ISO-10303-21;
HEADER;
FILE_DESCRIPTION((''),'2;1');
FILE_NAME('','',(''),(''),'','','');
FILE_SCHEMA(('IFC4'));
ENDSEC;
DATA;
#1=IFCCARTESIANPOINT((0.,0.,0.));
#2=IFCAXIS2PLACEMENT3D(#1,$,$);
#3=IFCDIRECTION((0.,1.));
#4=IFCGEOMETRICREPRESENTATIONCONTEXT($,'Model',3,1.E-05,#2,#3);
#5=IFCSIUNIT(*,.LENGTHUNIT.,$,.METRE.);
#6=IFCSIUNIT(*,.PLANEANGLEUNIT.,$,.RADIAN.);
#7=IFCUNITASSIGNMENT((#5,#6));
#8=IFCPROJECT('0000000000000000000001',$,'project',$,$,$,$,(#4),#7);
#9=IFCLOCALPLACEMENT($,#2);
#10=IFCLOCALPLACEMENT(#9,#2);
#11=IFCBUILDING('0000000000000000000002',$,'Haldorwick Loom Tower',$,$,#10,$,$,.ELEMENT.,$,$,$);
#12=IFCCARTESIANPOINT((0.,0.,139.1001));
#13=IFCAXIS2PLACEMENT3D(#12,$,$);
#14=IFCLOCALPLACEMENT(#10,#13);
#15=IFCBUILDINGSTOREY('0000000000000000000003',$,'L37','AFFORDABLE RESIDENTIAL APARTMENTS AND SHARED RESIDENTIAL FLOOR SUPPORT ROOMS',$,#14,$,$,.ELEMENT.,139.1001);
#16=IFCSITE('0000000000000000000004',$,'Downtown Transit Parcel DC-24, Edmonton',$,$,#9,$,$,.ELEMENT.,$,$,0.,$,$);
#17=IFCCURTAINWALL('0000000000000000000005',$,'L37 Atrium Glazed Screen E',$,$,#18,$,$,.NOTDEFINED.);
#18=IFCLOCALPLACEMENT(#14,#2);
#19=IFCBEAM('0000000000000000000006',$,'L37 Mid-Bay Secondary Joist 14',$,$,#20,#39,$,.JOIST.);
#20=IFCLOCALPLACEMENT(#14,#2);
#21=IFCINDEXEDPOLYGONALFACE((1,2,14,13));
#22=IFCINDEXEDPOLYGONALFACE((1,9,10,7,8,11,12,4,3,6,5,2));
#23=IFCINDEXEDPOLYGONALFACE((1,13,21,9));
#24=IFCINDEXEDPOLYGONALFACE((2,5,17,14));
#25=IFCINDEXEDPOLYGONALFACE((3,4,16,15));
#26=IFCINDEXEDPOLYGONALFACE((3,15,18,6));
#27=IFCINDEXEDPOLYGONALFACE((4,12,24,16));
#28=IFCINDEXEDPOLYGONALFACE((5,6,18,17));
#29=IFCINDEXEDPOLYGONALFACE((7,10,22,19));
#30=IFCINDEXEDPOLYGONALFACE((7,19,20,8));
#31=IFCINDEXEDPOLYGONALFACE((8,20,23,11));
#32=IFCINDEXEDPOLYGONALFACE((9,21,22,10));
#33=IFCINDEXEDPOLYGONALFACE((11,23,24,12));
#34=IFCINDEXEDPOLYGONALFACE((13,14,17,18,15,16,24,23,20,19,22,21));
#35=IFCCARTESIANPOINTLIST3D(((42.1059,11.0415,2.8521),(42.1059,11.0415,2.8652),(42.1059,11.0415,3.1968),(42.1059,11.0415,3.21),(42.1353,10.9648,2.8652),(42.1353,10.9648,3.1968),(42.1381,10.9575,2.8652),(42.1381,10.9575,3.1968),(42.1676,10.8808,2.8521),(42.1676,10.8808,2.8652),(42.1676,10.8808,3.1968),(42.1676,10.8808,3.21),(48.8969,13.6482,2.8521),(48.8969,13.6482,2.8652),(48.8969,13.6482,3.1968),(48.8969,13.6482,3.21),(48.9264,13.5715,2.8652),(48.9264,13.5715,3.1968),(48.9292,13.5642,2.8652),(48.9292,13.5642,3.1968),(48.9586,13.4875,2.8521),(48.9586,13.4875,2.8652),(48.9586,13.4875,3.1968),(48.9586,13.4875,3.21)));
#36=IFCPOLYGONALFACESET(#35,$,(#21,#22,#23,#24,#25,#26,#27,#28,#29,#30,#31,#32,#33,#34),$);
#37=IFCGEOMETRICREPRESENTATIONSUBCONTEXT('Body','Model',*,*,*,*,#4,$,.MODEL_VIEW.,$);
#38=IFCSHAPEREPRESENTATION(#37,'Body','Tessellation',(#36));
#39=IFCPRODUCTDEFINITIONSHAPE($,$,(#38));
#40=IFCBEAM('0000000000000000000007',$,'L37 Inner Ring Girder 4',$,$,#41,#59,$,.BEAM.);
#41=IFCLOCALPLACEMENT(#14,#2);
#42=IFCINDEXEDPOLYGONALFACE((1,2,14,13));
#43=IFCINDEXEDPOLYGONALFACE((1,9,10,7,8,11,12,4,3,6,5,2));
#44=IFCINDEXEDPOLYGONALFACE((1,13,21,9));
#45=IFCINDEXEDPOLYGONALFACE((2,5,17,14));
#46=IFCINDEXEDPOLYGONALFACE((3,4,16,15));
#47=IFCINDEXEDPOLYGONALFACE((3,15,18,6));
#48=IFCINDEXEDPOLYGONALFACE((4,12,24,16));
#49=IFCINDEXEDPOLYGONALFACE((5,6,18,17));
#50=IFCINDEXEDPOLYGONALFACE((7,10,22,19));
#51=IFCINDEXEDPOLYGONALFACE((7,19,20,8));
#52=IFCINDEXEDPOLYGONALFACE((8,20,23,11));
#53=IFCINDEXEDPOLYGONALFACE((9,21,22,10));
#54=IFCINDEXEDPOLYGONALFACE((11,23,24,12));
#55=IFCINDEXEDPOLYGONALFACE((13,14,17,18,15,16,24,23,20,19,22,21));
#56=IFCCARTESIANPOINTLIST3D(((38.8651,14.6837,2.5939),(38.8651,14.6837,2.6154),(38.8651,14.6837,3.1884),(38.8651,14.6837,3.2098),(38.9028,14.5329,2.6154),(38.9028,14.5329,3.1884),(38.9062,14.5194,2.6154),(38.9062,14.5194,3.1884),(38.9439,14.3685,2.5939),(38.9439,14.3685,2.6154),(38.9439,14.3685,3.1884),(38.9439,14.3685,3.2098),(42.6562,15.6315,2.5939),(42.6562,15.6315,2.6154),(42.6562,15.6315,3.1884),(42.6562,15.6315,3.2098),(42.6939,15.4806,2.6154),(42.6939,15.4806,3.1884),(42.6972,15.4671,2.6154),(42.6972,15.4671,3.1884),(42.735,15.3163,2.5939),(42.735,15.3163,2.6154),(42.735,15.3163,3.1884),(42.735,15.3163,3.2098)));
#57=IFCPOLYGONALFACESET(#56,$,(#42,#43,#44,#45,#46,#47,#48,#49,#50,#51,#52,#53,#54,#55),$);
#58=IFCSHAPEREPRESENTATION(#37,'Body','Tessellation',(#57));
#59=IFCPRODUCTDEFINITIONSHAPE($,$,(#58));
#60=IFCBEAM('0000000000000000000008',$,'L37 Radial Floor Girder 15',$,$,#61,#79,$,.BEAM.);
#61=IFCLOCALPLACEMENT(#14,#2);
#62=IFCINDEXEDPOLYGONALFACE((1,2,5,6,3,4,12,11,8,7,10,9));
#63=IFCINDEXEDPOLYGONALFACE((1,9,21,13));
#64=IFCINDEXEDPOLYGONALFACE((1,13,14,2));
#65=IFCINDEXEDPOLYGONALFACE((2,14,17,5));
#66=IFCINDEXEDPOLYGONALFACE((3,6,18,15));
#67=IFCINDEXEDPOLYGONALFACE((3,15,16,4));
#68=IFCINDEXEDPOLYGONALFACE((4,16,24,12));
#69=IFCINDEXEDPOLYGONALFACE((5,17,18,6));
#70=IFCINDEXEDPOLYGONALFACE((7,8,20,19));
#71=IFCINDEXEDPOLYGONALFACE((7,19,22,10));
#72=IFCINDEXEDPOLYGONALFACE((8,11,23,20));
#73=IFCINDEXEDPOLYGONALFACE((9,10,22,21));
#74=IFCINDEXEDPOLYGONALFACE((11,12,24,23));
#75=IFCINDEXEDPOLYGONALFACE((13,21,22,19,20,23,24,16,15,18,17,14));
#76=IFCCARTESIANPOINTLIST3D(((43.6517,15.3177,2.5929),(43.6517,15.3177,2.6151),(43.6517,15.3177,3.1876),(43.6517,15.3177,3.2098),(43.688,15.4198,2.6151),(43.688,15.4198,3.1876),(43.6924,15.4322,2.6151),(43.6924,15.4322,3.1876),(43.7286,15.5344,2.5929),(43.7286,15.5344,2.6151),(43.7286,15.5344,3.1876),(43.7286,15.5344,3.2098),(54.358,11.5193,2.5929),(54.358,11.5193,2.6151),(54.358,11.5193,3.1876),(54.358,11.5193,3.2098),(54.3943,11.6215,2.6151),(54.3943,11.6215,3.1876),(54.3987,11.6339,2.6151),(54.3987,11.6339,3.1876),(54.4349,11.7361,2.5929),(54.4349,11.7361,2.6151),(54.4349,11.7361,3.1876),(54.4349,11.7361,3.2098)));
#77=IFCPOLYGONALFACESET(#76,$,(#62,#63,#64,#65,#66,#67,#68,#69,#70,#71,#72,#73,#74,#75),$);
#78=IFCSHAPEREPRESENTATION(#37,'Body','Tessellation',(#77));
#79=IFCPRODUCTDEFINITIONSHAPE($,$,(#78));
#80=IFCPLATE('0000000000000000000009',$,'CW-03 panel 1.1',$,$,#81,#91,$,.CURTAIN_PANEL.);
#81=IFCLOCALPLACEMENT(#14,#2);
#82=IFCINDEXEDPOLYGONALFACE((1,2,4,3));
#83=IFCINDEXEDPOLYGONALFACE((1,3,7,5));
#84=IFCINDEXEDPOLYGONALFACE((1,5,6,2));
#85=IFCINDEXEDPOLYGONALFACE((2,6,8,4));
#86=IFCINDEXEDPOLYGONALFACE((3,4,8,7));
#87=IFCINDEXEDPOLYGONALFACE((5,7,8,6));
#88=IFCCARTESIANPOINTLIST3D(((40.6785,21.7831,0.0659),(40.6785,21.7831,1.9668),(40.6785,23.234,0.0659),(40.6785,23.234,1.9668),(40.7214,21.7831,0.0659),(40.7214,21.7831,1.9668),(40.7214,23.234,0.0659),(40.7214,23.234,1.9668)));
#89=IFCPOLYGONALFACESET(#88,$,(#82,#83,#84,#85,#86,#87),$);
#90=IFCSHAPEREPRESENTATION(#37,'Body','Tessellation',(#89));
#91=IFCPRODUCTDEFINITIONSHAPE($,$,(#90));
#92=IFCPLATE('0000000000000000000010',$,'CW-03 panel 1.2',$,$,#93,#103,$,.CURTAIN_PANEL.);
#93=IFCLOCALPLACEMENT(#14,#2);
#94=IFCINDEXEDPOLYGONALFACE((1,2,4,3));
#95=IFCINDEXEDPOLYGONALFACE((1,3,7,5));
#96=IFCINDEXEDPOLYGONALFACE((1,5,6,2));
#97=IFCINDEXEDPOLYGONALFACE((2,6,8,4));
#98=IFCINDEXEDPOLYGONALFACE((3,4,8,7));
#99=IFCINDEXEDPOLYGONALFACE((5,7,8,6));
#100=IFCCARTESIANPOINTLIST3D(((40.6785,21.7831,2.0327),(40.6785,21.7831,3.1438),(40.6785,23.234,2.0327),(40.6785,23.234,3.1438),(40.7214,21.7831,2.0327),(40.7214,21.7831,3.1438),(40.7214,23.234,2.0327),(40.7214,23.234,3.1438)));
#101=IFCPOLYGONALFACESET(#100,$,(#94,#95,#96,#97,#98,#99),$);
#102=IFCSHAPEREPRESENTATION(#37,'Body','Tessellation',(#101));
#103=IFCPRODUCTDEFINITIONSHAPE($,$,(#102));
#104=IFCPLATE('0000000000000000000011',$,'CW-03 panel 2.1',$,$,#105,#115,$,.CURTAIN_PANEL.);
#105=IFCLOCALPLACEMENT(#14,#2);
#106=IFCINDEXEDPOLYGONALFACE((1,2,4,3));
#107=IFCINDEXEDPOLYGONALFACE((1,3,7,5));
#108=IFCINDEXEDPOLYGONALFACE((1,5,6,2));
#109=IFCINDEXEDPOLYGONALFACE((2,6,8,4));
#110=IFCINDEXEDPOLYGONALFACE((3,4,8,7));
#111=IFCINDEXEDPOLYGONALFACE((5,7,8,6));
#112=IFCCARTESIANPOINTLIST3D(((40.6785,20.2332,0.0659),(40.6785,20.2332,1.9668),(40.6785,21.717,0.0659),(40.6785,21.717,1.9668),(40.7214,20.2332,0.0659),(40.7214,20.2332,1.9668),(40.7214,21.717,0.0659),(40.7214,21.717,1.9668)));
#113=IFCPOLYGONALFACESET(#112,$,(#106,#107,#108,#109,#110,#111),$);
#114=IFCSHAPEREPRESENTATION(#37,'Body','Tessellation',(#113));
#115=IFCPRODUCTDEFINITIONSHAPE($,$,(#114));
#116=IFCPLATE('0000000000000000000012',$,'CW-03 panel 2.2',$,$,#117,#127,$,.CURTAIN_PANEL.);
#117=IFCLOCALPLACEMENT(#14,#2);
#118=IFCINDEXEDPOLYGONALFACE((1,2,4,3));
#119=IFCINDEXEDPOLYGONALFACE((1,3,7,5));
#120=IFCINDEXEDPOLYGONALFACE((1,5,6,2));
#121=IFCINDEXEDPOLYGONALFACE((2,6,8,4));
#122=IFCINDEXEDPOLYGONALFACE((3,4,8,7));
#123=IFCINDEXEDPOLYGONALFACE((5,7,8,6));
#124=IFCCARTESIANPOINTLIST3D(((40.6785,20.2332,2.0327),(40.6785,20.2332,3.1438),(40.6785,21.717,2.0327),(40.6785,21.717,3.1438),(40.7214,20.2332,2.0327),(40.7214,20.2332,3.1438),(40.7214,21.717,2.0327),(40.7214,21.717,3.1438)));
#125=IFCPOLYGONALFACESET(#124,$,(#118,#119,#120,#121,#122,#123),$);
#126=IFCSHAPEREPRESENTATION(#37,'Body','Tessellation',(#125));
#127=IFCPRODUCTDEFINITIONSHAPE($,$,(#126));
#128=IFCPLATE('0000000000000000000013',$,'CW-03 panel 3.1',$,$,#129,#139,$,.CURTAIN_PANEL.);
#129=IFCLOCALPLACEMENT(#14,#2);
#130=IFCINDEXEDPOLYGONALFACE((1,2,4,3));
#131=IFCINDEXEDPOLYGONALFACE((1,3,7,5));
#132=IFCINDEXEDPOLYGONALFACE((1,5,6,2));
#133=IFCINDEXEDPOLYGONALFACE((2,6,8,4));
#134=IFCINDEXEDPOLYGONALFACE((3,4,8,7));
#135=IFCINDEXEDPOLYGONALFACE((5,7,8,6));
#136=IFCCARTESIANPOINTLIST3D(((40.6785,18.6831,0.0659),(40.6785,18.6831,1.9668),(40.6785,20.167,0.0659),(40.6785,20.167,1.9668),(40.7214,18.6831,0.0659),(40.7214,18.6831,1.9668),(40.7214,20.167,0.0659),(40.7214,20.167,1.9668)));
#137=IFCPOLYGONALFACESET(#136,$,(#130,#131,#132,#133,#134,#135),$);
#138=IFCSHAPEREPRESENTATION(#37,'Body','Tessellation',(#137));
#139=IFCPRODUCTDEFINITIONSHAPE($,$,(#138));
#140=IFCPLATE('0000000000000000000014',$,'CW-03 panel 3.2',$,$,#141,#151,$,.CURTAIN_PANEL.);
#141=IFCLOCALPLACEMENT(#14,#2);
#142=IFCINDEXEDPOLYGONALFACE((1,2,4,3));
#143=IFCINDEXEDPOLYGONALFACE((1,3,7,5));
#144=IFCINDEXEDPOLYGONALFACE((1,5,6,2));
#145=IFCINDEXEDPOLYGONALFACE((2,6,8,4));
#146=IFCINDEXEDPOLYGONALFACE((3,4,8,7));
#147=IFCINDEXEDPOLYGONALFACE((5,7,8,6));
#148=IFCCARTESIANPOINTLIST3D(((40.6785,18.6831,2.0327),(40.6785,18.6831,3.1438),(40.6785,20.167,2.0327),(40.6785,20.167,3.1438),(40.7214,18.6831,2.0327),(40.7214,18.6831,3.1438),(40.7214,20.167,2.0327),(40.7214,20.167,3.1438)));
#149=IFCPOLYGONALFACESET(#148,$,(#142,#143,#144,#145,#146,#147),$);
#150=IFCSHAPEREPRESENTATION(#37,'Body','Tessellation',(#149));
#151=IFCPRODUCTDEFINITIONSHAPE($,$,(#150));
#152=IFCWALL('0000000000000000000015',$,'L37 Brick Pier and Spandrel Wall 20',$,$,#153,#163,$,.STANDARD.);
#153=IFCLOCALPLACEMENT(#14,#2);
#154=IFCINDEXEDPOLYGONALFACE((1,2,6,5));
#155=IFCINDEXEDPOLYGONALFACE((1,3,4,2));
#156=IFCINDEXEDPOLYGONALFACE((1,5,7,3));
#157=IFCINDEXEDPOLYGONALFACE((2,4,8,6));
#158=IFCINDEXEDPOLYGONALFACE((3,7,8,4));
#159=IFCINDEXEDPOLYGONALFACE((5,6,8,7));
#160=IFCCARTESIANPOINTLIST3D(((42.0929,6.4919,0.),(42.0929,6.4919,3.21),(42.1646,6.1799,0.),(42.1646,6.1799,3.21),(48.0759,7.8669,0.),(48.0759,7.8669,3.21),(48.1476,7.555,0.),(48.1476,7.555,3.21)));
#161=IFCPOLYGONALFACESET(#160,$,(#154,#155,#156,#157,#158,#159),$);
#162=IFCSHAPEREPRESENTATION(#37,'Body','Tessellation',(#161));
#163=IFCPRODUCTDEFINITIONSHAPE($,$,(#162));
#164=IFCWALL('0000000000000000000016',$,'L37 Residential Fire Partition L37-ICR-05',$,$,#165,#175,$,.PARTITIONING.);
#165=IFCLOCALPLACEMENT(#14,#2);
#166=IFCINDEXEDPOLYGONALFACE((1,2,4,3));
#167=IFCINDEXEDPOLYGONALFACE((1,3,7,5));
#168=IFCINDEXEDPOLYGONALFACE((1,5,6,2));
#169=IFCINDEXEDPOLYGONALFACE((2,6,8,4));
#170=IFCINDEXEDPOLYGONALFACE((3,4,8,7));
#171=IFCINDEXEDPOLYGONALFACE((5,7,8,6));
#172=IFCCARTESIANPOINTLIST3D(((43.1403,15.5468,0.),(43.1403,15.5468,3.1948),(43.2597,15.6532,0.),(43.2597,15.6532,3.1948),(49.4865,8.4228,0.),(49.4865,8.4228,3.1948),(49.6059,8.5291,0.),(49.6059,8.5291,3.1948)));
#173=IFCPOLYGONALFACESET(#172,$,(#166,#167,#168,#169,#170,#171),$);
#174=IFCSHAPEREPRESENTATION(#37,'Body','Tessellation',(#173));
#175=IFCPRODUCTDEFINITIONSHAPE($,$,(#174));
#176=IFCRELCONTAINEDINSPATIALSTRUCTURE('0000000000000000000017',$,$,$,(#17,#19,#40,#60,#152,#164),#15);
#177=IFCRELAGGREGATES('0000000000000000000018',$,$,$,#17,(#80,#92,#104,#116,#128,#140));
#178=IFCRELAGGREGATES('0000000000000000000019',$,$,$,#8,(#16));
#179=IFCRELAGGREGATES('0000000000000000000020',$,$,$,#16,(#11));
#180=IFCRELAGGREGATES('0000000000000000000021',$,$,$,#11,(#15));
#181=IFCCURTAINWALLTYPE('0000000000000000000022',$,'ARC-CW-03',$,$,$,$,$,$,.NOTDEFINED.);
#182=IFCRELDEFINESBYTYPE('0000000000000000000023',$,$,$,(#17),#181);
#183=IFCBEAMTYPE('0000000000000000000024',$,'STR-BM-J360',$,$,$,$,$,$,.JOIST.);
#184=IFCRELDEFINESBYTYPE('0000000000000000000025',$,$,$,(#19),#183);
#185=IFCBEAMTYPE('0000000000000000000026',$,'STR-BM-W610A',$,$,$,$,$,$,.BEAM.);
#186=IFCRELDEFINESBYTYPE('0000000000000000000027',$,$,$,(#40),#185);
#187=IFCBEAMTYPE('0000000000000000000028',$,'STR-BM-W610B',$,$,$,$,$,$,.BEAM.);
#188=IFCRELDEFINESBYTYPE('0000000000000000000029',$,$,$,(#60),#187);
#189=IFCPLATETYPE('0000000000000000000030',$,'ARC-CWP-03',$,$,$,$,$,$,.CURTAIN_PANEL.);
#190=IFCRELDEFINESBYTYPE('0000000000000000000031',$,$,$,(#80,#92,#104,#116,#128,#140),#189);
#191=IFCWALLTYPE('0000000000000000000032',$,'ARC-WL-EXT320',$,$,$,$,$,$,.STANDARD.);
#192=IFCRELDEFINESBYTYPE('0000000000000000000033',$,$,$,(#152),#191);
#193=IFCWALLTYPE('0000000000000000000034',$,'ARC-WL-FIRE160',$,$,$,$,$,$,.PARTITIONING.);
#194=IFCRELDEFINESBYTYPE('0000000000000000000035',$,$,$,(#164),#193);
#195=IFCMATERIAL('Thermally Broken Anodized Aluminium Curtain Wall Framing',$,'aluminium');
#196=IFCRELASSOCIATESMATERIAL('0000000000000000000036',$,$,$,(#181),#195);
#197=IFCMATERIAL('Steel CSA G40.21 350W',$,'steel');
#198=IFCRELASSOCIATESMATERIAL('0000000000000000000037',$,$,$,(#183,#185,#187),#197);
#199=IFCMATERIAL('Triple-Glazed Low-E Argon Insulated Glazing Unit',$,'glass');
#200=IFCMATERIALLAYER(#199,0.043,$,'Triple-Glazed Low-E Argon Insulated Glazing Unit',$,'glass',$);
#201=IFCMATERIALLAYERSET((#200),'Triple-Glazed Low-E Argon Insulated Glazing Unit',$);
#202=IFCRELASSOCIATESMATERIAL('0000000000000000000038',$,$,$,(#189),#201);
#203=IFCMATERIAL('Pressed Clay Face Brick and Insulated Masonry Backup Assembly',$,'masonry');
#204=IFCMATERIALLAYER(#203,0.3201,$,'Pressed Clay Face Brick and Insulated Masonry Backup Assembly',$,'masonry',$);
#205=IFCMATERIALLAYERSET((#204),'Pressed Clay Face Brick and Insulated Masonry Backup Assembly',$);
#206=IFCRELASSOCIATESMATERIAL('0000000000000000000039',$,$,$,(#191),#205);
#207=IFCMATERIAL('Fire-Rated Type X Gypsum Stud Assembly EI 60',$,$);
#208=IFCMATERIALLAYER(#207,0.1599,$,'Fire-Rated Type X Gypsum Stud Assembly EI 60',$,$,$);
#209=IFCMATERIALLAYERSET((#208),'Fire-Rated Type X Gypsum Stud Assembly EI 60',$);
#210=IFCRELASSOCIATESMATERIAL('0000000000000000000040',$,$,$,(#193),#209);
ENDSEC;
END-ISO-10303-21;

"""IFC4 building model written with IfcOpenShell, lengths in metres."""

from ifc_helpers import new_model, si_unit, direction, frame, frame_2d, origin, origin_2d, place, context, subcontext, project, spatial, rectangle, i_section, extrude, material, layer, layer_set, material_profile, profile_set, type_object, element, aggregate, save


model = new_model("IFC4")

# Units and contexts
model_context = context("Model", 3, precision=1e-05, world=origin(), true_north=direction((0.0, 1.0)))
body_context = subcontext(model_context, "Body", "Model", "MODEL_VIEW")
ifc_project = project(units=[si_unit("LENGTHUNIT", "METRE"), si_unit("PLANEANGLEUNIT", "RADIAN")], contexts=[model_context])

# Site, building, storey
site_placement = place(None, origin())
site = spatial("IfcSite", under=ifc_project, at=site_placement, Name="Downtown Transit Parcel DC-24, Edmonton", CompositionType="ELEMENT", RefElevation=0.0)
building_placement = place(site_placement, origin())
building = spatial("IfcBuilding", under=site, at=building_placement, Name="Haldorwick Loom Tower", CompositionType="ELEMENT")
storey_placement = place(building_placement, frame((0.0, 0.0, 139.1001)))
storey = spatial("IfcBuildingStorey", under=building, at=storey_placement, Name="L37", Description="AFFORDABLE RESIDENTIAL APARTMENTS AND SHARED RESIDENTIAL FLOOR SUPPORT ROOMS", CompositionType="ELEMENT", Elevation=139.1001)

# Curtain wall
ifc_material_1 = material(Name="Thermally Broken Anodized Aluminium Curtain Wall Framing", Category="aluminium")
curtain_wall_type = type_object("IfcCurtainWallType", Name="ARC-CW-03", PredefinedType="NOTDEFINED", material=ifc_material_1)
curtain_wall_placement = place(storey_placement, origin())
curtain_wall = element("IfcCurtainWall", 1, at=curtain_wall_placement, inside=storey, type_object=curtain_wall_type, Name="L37 Atrium Glazed Screen E", PredefinedType="NOTDEFINED")

# Beams
ifc_material_2 = material(Name="Steel CSA G40.21 350W", Category="steel")
ifc_material_profile_1 = material_profile(ifc_material_2, i_section(OverallWidth=0.1721, OverallDepth=0.3579, WebThickness=0.0078, FlangeThickness=0.0132, at=origin_2d()), Name="W360X57", Category="steel")
ifc_profile_set_1 = profile_set([ifc_material_profile_1], Name="Steel CSA G40.21 350W")
beam_type_1 = type_object("IfcBeamType", Name="STR-BM-J360", PredefinedType="JOIST", material=ifc_profile_set_1)
beam_1_placement = place(storey_placement, frame((42.1367, 10.9612, 3.031), z_axis=(0.933587, 0.358352, 0.0), x_axis=(-0.358352, 0.933587, 0.0)))
element("IfcBeam", 2, at=beam_1_placement, inside=storey, type_object=beam_type_1, Name="L37 Mid-Bay Secondary Joist 14", PredefinedType="JOIST", context=body_context, shape_type="SweptSolid", body=[
    extrude(i_section(OverallWidth=0.1721, OverallDepth=0.3579, WebThickness=0.0078, FlangeThickness=0.0132, at=origin_2d()), origin(), (0.0, 0.0, 1.0), 7.2742),
])
ifc_material_profile_2 = material_profile(ifc_material_2, i_section(OverallWidth=0.325, OverallDepth=0.616, WebThickness=0.0139, FlangeThickness=0.0215, at=origin_2d()), Name="W610X174", Category="steel")
ifc_profile_set_2 = profile_set([ifc_material_profile_2], Name="Steel CSA G40.21 350W")
beam_type_2 = type_object("IfcBeamType", Name="STR-BM-W610A", PredefinedType="BEAM", material=ifc_profile_set_2)
beam_2_placement = place(storey_placement, frame((42.6956, 15.4739, 2.9019), z_axis=(-0.970143, -0.242536, 0.0), x_axis=(0.242536, -0.970143, 0.0)))
element("IfcBeam", 3, at=beam_2_placement, inside=storey, type_object=beam_type_2, Name="L37 Inner Ring Girder 4", PredefinedType="BEAM", context=body_context, shape_type="SweptSolid", body=[
    extrude(i_section(OverallWidth=0.325, OverallDepth=0.616, WebThickness=0.0139, FlangeThickness=0.0215, at=origin_2d()), origin(), (0.0, 0.0, 1.0), 3.9077),
])
ifc_material_profile_3 = material_profile(ifc_material_2, i_section(OverallWidth=0.23, OverallDepth=0.6169, WebThickness=0.0132, FlangeThickness=0.0222, at=origin_2d()), Name="W610X140", Category="steel")
ifc_profile_set_3 = profile_set([ifc_material_profile_3], Name="Steel CSA G40.21 350W")
beam_type_3 = type_object("IfcBeamType", Name="STR-BM-W610B", PredefinedType="BEAM", material=ifc_profile_set_3)
beam_3_placement = place(storey_placement, frame((43.6902, 15.426, 2.9014), z_axis=(0.942446, -0.334358, 0.0), x_axis=(0.334358, 0.942446, 0.0)))
element("IfcBeam", 4, at=beam_3_placement, inside=storey, type_object=beam_type_3, Name="L37 Radial Floor Girder 15", PredefinedType="BEAM", context=body_context, shape_type="SweptSolid", body=[
    extrude(i_section(OverallWidth=0.23, OverallDepth=0.6169, WebThickness=0.0132, FlangeThickness=0.0222, at=origin_2d()), origin(), (0.0, 0.0, 1.0), 11.3601),
])

# Plates
ifc_material_3 = material(Name="Triple-Glazed Low-E Argon Insulated Glazing Unit", Category="glass")
ifc_layer_1 = layer(ifc_material_3, 0.043, Name="Triple-Glazed Low-E Argon Insulated Glazing Unit", Category="glass")
ifc_layer_set_1 = layer_set([ifc_layer_1], Name="Triple-Glazed Low-E Argon Insulated Glazing Unit")
plate_type = type_object("IfcPlateType", Name="ARC-CWP-03", PredefinedType="CURTAIN_PANEL", material=ifc_layer_set_1)
plate_1_placement = place(storey_placement, frame((40.7, 22.5085, 0.0659), z_axis=(0.0, 0.0, 1.0), x_axis=(0.0, -1.0, 0.0)))
plate_1 = element("IfcPlate", 5, at=plate_1_placement, type_object=plate_type, Name="CW-03 panel 1.1", PredefinedType="CURTAIN_PANEL", context=body_context, shape_type="SweptSolid", body=[
    extrude(rectangle(XDim=1.4509, YDim=0.043, at=origin_2d()), origin(), (0.0, 0.0, 1.0), 1.9009),
])
plate_2_placement = place(storey_placement, frame((40.7, 22.5085, 2.0327), z_axis=(0.0, 0.0, 1.0), x_axis=(0.0, -1.0, 0.0)))
plate_2 = element("IfcPlate", 6, at=plate_2_placement, type_object=plate_type, Name="CW-03 panel 1.2", PredefinedType="CURTAIN_PANEL", context=body_context, shape_type="SweptSolid", body=[
    extrude(rectangle(XDim=1.4509, YDim=0.043, at=origin_2d()), origin(), (0.0, 0.0, 1.0), 1.1111),
])
plate_3_placement = place(storey_placement, frame((40.7, 20.9751, 0.0659), z_axis=(0.0, 0.0, 1.0), x_axis=(0.0, -1.0, 0.0)))
plate_3 = element("IfcPlate", 7, at=plate_3_placement, type_object=plate_type, Name="CW-03 panel 2.1", PredefinedType="CURTAIN_PANEL", context=body_context, shape_type="SweptSolid", body=[
    extrude(rectangle(XDim=1.4839, YDim=0.043, at=origin_2d()), origin(), (0.0, 0.0, 1.0), 1.9009),
])
plate_4_placement = place(storey_placement, frame((40.7, 20.9751, 2.0327), z_axis=(0.0, 0.0, 1.0), x_axis=(0.0, -1.0, 0.0)))
plate_4 = element("IfcPlate", 8, at=plate_4_placement, type_object=plate_type, Name="CW-03 panel 2.2", PredefinedType="CURTAIN_PANEL", context=body_context, shape_type="SweptSolid", body=[
    extrude(rectangle(XDim=1.4839, YDim=0.043, at=origin_2d()), origin(), (0.0, 0.0, 1.0), 1.1111),
])
plate_5_placement = place(storey_placement, frame((40.7, 19.425, 0.0659), z_axis=(0.0, 0.0, 1.0), x_axis=(0.0, -1.0, 0.0)))
plate_5 = element("IfcPlate", 9, at=plate_5_placement, type_object=plate_type, Name="CW-03 panel 3.1", PredefinedType="CURTAIN_PANEL", context=body_context, shape_type="SweptSolid", body=[
    extrude(rectangle(XDim=1.4839, YDim=0.043, at=origin_2d()), origin(), (0.0, 0.0, 1.0), 1.9009),
])
plate_6_placement = place(storey_placement, frame((40.7, 19.425, 2.0327), z_axis=(0.0, 0.0, 1.0), x_axis=(0.0, -1.0, 0.0)))
plate_6 = element("IfcPlate", 10, at=plate_6_placement, type_object=plate_type, Name="CW-03 panel 3.2", PredefinedType="CURTAIN_PANEL", context=body_context, shape_type="SweptSolid", body=[
    extrude(rectangle(XDim=1.4839, YDim=0.043, at=origin_2d()), origin(), (0.0, 0.0, 1.0), 1.1111),
])
aggregate(curtain_wall, [plate_1, plate_2, plate_3, plate_4, plate_5, plate_6])

# Walls
ifc_material_4 = material(Name="Pressed Clay Face Brick and Insulated Masonry Backup Assembly", Category="masonry")
ifc_layer_2 = layer(ifc_material_4, 0.3201, Name="Pressed Clay Face Brick and Insulated Masonry Backup Assembly", Category="masonry")
ifc_layer_set_2 = layer_set([ifc_layer_2], Name="Pressed Clay Face Brick and Insulated Masonry Backup Assembly")
wall_type_1 = type_object("IfcWallType", Name="ARC-WL-EXT320", PredefinedType="STANDARD", material=ifc_layer_set_2)
wall_1_placement = place(storey_placement, frame((42.1289, 6.3359, 0.0), z_axis=(0.0, 0.0, 1.0), x_axis=(0.974593, 0.223982, 0.0)))
element("IfcWall", 11, at=wall_1_placement, inside=storey, type_object=wall_type_1, Name="L37 Brick Pier and Spandrel Wall 20", PredefinedType="STANDARD", context=body_context, shape_type="SweptSolid", body=[
    extrude(rectangle(XDim=6.1389, YDim=0.3201, at=frame_2d((3.0693, 0.0))), origin(), (0.0, 0.0, 1.0), 3.21),
])
ifc_material_5 = material(Name="Fire-Rated Type X Gypsum Stud Assembly EI 60")
ifc_layer_3 = layer(ifc_material_5, 0.1599, Name="Fire-Rated Type X Gypsum Stud Assembly EI 60")
ifc_layer_set_3 = layer_set([ifc_layer_3], Name="Fire-Rated Type X Gypsum Stud Assembly EI 60")
wall_type_2 = type_object("IfcWallType", Name="ARC-WL-FIRE160", PredefinedType="PARTITIONING", material=ifc_layer_set_3)
wall_2_placement = place(storey_placement, frame((43.2, 15.6001, 0.0), z_axis=(0.0, 0.0, 1.0), x_axis=(0.665167, -0.746695, 0.0)))
element("IfcWall", 12, at=wall_2_placement, inside=storey, type_object=wall_type_2, Name="L37 Residential Fire Partition L37-ICR-05", PredefinedType="PARTITIONING", context=body_context, shape_type="SweptSolid", body=[
    extrude(rectangle(XDim=9.5408, YDim=0.1599, at=frame_2d((4.7705, 0.0))), origin(), (0.0, 0.0, 1.0), 3.1948),
])

save(model, "model.ifc")
